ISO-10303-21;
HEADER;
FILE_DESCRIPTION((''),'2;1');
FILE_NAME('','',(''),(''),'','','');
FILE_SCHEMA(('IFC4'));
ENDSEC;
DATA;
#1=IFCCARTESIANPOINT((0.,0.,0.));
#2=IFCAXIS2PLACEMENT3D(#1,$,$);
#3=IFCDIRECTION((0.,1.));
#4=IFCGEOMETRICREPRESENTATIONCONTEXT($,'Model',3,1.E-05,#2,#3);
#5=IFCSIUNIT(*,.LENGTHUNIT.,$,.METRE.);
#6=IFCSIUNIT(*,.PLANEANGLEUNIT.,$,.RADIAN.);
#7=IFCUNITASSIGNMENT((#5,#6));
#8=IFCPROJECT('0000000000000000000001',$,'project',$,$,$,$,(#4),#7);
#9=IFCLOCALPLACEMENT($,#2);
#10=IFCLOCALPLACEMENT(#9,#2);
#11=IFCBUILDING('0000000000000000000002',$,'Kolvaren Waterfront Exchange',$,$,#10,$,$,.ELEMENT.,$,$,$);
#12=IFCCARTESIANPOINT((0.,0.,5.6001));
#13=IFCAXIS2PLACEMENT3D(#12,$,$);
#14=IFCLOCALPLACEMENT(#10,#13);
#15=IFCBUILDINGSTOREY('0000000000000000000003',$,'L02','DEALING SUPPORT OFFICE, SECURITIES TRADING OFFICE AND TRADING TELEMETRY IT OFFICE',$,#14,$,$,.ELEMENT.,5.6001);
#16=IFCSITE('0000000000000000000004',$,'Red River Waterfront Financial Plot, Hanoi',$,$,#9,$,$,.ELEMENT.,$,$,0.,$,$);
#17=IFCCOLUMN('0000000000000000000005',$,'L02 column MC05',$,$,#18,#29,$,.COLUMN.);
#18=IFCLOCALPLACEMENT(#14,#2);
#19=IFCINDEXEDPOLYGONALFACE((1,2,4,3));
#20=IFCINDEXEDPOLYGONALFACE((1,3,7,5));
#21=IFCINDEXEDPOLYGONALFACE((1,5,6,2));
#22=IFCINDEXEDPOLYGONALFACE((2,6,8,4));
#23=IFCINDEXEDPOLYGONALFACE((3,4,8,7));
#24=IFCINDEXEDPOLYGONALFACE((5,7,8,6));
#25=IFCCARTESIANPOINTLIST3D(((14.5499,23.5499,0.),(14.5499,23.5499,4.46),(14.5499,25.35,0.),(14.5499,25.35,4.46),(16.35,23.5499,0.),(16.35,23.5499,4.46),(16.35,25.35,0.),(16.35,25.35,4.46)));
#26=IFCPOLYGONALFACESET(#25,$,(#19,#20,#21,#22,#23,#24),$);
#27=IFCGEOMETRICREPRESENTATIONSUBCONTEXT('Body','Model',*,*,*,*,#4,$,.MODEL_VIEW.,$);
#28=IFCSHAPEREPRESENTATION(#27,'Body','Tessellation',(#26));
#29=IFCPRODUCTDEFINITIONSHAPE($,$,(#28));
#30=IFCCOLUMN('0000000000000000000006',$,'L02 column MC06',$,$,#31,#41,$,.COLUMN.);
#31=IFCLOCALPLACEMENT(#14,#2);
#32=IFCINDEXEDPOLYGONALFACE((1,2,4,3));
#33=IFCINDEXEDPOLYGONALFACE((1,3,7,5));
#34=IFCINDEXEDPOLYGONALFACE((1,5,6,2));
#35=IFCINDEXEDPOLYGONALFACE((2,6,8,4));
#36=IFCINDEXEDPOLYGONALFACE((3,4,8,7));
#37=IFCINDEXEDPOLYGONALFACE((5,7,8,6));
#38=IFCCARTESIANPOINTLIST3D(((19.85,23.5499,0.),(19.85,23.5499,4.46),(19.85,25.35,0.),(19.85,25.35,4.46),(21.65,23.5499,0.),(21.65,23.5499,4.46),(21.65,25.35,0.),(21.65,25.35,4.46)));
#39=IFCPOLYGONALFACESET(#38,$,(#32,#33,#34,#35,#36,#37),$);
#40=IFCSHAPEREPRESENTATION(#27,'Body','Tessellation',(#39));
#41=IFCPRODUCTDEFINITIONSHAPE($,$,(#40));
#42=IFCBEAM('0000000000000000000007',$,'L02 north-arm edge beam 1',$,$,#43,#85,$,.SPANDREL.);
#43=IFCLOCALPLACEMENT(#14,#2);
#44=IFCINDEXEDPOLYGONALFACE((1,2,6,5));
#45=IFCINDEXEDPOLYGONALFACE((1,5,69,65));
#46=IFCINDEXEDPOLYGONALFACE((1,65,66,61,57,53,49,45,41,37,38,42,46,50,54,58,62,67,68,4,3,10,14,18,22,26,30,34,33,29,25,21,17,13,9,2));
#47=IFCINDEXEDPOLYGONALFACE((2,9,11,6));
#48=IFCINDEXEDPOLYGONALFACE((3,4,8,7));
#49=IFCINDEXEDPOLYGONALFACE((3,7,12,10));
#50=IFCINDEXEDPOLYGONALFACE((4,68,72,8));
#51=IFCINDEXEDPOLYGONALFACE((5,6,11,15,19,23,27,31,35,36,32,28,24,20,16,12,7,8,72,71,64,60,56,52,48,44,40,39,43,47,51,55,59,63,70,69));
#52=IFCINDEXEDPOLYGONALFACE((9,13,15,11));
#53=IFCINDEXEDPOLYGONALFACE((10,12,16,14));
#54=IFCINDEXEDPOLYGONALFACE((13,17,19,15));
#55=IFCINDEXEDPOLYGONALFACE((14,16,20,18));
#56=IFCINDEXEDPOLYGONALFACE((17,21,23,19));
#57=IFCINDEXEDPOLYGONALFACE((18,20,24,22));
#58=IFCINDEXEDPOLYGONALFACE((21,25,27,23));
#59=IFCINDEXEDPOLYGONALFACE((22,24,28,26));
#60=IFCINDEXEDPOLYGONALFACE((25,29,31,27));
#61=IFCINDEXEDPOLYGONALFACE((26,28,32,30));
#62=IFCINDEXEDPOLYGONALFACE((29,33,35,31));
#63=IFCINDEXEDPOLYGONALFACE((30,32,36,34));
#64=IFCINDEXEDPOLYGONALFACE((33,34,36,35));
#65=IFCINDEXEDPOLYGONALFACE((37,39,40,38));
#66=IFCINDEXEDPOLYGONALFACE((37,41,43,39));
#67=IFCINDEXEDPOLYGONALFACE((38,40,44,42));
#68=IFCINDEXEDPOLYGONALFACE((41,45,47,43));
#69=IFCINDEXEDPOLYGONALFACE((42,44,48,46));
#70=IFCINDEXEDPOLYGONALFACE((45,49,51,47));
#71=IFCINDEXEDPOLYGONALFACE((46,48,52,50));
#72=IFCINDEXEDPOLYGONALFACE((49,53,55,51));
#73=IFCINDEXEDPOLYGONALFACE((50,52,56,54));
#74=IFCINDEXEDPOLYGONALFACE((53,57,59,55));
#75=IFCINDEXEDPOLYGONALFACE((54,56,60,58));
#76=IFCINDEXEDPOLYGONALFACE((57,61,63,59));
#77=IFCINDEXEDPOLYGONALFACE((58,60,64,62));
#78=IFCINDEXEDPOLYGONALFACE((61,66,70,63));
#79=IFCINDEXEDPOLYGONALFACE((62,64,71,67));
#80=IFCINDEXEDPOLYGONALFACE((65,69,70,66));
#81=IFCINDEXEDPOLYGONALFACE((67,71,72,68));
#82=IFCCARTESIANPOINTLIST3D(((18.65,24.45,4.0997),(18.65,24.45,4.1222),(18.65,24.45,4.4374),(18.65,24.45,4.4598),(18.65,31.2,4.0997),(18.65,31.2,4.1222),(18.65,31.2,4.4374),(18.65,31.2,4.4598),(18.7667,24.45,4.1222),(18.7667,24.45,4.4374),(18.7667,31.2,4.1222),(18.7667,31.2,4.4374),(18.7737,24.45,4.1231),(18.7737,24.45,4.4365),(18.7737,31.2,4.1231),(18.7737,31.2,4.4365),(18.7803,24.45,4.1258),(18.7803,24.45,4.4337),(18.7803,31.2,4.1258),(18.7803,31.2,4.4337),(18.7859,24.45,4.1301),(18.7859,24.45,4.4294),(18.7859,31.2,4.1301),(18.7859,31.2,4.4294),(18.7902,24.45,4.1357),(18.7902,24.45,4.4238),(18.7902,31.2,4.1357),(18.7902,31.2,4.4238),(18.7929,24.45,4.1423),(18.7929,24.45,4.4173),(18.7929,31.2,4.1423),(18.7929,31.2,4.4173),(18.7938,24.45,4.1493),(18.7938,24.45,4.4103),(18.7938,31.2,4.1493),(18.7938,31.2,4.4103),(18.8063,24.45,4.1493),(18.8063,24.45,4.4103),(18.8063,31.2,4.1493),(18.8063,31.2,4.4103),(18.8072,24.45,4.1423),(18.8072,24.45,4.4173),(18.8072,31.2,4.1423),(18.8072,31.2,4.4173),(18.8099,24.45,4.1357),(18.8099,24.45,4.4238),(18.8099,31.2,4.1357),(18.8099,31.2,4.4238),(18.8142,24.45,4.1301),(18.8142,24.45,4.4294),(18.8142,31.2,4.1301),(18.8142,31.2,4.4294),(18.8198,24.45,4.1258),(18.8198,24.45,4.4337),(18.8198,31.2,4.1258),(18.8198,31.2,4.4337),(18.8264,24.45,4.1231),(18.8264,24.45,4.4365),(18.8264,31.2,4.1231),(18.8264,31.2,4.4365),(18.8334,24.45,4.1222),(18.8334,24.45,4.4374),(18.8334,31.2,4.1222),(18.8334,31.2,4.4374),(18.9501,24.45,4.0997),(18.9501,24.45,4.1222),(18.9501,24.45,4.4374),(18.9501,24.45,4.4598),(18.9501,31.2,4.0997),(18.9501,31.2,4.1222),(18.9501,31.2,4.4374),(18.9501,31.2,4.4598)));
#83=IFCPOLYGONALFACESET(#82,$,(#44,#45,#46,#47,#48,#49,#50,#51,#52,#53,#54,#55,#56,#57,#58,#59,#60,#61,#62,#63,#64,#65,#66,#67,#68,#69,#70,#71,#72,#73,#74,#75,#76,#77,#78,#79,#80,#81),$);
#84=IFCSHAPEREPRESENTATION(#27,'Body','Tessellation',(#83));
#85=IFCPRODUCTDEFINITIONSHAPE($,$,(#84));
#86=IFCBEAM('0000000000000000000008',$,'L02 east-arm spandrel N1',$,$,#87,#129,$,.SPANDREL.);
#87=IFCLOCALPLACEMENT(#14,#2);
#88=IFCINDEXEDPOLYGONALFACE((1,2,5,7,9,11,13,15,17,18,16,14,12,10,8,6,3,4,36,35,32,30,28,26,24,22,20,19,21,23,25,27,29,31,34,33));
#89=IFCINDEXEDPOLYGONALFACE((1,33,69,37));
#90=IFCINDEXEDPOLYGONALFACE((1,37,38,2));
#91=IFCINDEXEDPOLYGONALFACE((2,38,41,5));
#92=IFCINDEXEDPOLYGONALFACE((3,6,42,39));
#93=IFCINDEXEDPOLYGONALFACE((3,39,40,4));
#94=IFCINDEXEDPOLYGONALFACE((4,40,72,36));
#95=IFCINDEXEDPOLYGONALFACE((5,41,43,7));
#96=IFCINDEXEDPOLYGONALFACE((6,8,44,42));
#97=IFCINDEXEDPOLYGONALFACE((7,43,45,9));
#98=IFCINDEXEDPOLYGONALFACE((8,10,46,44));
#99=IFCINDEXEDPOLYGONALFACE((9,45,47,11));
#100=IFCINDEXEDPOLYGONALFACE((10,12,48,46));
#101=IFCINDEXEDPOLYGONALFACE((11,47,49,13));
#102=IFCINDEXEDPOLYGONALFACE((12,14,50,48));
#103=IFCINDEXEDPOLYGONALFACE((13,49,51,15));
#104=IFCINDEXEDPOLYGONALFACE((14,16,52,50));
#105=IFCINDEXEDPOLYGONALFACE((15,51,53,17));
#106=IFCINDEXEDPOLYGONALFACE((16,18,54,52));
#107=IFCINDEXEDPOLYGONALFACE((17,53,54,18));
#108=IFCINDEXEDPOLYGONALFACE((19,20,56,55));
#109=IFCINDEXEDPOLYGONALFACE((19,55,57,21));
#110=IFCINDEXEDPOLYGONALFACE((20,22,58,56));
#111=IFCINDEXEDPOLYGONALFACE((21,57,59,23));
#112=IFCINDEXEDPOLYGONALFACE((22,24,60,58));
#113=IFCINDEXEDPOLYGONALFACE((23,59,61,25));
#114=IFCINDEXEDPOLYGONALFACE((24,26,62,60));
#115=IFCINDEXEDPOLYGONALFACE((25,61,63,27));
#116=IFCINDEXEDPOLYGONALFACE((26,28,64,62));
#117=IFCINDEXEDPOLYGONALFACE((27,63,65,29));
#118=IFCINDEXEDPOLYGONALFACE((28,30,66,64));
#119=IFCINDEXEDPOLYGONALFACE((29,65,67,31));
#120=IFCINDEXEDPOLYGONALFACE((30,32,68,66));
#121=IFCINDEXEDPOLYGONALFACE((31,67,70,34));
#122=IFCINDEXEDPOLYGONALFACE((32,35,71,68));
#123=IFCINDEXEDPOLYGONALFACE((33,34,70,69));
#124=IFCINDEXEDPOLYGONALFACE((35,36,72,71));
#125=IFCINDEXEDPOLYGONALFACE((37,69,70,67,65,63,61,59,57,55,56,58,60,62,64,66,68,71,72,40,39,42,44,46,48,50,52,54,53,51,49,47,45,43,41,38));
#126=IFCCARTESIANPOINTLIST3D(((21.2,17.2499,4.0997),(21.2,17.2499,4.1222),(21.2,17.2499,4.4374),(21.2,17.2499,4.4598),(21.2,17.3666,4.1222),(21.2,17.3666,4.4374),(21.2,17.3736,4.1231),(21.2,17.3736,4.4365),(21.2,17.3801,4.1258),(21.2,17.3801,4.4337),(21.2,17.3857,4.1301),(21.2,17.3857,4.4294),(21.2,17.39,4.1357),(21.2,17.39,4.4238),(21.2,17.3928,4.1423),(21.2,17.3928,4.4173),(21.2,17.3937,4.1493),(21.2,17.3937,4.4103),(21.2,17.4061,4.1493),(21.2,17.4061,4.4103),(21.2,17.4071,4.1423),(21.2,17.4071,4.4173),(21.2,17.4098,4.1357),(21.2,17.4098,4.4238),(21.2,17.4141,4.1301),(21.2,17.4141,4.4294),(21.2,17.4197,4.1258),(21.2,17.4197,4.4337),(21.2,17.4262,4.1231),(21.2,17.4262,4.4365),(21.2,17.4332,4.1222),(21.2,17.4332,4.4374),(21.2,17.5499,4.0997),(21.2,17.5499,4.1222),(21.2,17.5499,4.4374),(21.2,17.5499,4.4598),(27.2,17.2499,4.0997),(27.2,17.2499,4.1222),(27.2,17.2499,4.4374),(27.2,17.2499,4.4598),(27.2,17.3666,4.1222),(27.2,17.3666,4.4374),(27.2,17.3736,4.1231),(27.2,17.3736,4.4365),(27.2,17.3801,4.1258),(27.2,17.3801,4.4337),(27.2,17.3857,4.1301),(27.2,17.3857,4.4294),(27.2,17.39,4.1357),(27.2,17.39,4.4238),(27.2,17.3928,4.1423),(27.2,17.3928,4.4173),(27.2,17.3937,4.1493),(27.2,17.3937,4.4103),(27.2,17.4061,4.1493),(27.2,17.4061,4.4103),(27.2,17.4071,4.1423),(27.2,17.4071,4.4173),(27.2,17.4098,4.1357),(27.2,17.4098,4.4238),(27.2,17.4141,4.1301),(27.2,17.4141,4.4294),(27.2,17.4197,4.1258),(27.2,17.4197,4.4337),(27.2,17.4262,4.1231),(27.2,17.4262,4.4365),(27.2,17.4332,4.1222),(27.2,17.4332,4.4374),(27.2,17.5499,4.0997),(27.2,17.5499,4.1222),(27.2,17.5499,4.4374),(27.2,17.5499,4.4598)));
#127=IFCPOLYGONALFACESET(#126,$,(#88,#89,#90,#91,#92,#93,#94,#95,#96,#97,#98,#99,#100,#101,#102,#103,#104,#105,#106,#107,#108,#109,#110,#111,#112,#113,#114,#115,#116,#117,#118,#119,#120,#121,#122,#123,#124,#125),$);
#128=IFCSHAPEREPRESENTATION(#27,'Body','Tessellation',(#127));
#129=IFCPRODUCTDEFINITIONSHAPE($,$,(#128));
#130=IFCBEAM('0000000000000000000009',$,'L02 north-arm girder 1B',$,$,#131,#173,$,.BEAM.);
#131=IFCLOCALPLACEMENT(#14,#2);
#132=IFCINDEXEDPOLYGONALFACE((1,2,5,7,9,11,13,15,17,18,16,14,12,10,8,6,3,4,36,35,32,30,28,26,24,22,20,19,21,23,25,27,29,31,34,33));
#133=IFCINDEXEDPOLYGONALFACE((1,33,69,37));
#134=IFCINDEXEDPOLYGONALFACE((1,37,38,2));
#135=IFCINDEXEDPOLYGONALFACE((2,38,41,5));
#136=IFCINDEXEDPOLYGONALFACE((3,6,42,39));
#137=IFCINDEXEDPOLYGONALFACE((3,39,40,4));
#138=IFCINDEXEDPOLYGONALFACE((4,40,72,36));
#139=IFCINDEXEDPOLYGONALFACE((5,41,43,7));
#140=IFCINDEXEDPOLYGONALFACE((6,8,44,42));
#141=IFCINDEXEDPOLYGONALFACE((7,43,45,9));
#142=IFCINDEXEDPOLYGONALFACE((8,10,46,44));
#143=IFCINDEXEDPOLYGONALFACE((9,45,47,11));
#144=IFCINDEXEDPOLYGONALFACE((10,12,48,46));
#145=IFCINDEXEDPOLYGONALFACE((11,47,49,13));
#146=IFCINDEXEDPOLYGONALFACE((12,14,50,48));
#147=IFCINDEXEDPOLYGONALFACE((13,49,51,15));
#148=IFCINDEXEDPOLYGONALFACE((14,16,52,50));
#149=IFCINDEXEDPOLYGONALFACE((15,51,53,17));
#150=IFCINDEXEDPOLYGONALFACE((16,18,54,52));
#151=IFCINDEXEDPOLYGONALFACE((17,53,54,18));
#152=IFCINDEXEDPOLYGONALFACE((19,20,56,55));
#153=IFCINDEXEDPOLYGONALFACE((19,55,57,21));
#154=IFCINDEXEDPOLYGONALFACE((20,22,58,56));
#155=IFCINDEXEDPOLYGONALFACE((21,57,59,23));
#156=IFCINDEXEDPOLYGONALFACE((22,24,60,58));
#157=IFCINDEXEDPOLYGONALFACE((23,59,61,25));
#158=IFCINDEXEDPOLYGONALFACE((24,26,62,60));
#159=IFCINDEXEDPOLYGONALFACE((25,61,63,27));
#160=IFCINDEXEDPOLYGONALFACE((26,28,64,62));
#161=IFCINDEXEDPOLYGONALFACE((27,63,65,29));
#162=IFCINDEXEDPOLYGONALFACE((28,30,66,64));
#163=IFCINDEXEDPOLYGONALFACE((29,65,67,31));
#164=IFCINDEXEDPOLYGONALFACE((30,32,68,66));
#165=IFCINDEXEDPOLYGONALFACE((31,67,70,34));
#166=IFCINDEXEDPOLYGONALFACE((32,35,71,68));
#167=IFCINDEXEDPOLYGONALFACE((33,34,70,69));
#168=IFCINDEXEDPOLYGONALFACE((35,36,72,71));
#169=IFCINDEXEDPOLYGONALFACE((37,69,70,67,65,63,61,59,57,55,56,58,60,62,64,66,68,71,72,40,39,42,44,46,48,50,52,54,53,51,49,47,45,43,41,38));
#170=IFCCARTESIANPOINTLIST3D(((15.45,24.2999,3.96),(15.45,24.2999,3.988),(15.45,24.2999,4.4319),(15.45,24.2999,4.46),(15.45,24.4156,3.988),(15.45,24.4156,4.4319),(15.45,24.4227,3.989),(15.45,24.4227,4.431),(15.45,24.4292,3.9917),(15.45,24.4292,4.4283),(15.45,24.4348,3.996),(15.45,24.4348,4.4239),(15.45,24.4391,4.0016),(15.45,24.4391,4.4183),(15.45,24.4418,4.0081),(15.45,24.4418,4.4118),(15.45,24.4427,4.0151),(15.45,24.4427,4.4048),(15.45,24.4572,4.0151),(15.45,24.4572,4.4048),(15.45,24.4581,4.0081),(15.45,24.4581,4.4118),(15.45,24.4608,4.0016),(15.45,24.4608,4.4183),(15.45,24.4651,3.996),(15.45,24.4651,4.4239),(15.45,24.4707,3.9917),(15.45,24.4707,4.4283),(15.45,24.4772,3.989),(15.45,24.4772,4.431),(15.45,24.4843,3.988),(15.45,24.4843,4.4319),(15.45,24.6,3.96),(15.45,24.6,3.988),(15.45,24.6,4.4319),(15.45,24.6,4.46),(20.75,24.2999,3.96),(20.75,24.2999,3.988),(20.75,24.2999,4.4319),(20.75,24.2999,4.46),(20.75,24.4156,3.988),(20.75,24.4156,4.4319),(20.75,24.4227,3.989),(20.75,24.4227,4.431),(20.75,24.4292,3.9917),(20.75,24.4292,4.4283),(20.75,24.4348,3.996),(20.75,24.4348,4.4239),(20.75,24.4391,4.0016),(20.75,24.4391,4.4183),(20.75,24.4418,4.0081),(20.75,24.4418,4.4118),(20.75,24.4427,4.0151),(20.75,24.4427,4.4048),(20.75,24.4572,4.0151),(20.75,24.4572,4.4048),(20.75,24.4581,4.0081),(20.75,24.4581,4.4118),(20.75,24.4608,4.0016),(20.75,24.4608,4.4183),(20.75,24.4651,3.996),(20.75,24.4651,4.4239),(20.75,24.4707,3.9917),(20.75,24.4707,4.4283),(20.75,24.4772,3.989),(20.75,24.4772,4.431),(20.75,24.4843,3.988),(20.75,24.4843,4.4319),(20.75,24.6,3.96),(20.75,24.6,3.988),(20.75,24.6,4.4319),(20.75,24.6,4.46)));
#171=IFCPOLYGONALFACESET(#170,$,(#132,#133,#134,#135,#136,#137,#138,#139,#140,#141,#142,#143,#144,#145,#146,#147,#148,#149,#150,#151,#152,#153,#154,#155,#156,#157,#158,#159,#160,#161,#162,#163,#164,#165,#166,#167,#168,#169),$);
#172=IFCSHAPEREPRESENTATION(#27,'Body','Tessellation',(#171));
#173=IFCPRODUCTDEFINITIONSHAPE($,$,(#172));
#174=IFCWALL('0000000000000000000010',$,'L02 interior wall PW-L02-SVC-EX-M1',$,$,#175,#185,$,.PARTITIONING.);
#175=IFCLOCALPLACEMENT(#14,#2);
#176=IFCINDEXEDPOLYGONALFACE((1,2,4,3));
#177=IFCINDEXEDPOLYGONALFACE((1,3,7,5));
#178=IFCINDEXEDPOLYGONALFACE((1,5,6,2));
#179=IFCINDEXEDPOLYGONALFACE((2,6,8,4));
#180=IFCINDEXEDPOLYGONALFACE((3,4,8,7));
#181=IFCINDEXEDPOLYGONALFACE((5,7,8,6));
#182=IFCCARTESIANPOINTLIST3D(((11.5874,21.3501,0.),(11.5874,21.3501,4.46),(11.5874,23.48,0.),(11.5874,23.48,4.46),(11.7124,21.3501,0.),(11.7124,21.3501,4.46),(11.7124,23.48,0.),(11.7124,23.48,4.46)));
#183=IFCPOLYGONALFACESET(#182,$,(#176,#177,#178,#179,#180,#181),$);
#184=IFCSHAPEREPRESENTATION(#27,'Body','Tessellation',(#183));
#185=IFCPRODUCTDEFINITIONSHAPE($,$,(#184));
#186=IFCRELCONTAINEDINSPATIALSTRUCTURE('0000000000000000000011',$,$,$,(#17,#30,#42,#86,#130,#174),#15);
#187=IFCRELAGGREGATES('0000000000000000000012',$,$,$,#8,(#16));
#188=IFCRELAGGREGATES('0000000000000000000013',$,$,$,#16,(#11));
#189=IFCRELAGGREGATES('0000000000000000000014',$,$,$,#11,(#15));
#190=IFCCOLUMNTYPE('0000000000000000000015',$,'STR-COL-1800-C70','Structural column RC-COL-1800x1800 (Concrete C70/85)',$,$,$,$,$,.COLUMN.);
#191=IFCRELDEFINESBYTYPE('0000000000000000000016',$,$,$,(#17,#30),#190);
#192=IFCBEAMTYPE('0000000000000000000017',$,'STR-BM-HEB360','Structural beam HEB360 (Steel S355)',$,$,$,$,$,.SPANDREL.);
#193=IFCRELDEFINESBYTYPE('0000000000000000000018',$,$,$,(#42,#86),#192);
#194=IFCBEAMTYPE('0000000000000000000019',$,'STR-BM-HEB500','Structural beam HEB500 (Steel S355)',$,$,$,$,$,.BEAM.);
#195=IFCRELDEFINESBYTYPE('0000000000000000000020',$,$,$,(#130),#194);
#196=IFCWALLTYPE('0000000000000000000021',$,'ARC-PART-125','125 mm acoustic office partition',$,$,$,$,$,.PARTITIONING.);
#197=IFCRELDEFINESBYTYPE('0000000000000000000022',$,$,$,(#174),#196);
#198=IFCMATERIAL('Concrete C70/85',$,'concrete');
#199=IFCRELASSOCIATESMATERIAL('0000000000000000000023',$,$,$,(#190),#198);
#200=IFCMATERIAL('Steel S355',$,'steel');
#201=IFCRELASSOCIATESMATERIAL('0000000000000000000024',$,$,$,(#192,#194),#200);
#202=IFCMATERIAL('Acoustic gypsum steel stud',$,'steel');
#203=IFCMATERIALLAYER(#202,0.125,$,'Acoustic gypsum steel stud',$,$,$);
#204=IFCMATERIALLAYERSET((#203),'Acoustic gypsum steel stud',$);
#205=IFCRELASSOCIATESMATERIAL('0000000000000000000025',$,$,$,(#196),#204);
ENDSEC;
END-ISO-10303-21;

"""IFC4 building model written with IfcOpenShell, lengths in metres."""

from ifc_helpers import new_model, si_unit, direction, frame, frame_2d, origin, origin_2d, place, context, subcontext, project, spatial, rectangle, i_section, extrude, material, layer, layer_set, material_profile, profile_set, type_object, element, save


model = new_model("IFC4")

# Units and contexts
model_context = context("Model", 3, precision=1e-05, world=origin(), true_north=direction((0.0, 1.0)))
body_context = subcontext(model_context, "Body", "Model", "MODEL_VIEW")
ifc_project = project(units=[si_unit("LENGTHUNIT", "METRE"), si_unit("PLANEANGLEUNIT", "RADIAN")], contexts=[model_context])

# Site, building, storey
site_placement = place(None, origin())
site = spatial("IfcSite", under=ifc_project, at=site_placement, Name="Red River Waterfront Financial Plot, Hanoi", CompositionType="ELEMENT", RefElevation=0.0)
building_placement = place(site_placement, origin())
building = spatial("IfcBuilding", under=site, at=building_placement, Name="Kolvaren Waterfront Exchange", CompositionType="ELEMENT")
storey_placement = place(building_placement, frame((0.0, 0.0, 5.6001)))
storey = spatial("IfcBuildingStorey", under=building, at=storey_placement, Name="L02", Description="DEALING SUPPORT OFFICE, SECURITIES TRADING OFFICE AND TRADING TELEMETRY IT OFFICE", CompositionType="ELEMENT", Elevation=5.6001)

# Columns
ifc_material_1 = material(Name="Concrete C70/85", Category="concrete")
ifc_material_profile_1 = material_profile(ifc_material_1, rectangle(XDim=1.8, YDim=1.8, at=origin_2d()), Name="RC-COL-1800x1800")
ifc_profile_set_1 = profile_set([ifc_material_profile_1], Name="Concrete C70/85")
column_type = type_object("IfcColumnType", Name="STR-COL-1800-C70", Description="Structural column RC-COL-1800x1800 (Concrete C70/85)", PredefinedType="COLUMN", material=ifc_profile_set_1)
for number, where, z_axis, x_axis, name in (
    (1, (15.45, 24.45, 0.0), (0.0, 0.0, 1.0), (1.0, 0.0, 0.0), "L02 column MC05"),
    (2, (20.75, 24.45, 0.0), (0.0, 0.0, 1.0), (1.0, 0.0, 0.0), "L02 column MC06"),
):
    element("IfcColumn", number, at=place(storey_placement, frame(where, z_axis=z_axis, x_axis=x_axis)), inside=storey, type_object=column_type, Name=name, PredefinedType="COLUMN", context=body_context, shape_type="SweptSolid", body=[
        extrude(rectangle(XDim=1.8, YDim=1.8, at=origin_2d()), origin(), (0.0, 0.0, 1.0), 4.46),
    ])

# Beams
ifc_material_2 = material(Name="Steel S355", Category="steel")
ifc_material_profile_2 = material_profile(ifc_material_2, i_section(OverallWidth=0.3, OverallDepth=0.3601, WebThickness=0.0125, FlangeThickness=0.0225, FilletRadius=0.0271, at=origin_2d()), Name="HEB360")
ifc_profile_set_2 = profile_set([ifc_material_profile_2], Name="Steel S355")
beam_type_1 = type_object("IfcBeamType", Name="STR-BM-HEB360", Description="Structural beam HEB360 (Steel S355)", PredefinedType="SPANDREL", material=ifc_profile_set_2)
beam_1_placement = place(storey_placement, frame((18.8, 24.45, 4.2798), z_axis=(0.0, 1.0, 0.0), x_axis=(-1.0, 0.0, 0.0)))
element("IfcBeam", 3, at=beam_1_placement, inside=storey, type_object=beam_type_1, Name="L02 north-arm edge beam 1", PredefinedType="SPANDREL", context=body_context, shape_type="SweptSolid", body=[
    extrude(i_section(OverallWidth=0.3, OverallDepth=0.3601, WebThickness=0.0125, FlangeThickness=0.0225, FilletRadius=0.0271, at=origin_2d()), origin(), (0.0, 0.0, 1.0), 6.75),
])
beam_2_placement = place(storey_placement, frame((21.2, 17.3999, 4.2798), z_axis=(1.0, 0.0, 0.0), x_axis=(0.0, 1.0, 0.0)))
element("IfcBeam", 4, at=beam_2_placement, inside=storey, type_object=beam_type_1, Name="L02 east-arm spandrel N1", PredefinedType="SPANDREL", context=body_context, shape_type="SweptSolid", body=[
    extrude(i_section(OverallWidth=0.3, OverallDepth=0.3601, WebThickness=0.0125, FlangeThickness=0.0225, FilletRadius=0.0271, at=origin_2d()), origin(), (0.0, 0.0, 1.0), 6.0),
])
ifc_material_profile_3 = material_profile(ifc_material_2, i_section(OverallWidth=0.3, OverallDepth=0.5, WebThickness=0.0144, FlangeThickness=0.0281, FilletRadius=0.0271, at=origin_2d()), Name="HEB500")
ifc_profile_set_3 = profile_set([ifc_material_profile_3], Name="Steel S355")
beam_type_2 = type_object("IfcBeamType", Name="STR-BM-HEB500", Description="Structural beam HEB500 (Steel S355)", PredefinedType="BEAM", material=ifc_profile_set_3)
beam_3_placement = place(storey_placement, frame((15.45, 24.45, 4.21), z_axis=(1.0, 0.0, 0.0), x_axis=(0.0, 1.0, 0.0)))
element("IfcBeam", 5, at=beam_3_placement, inside=storey, type_object=beam_type_2, Name="L02 north-arm girder 1B", PredefinedType="BEAM", context=body_context, shape_type="SweptSolid", body=[
    extrude(i_section(OverallWidth=0.3, OverallDepth=0.5, WebThickness=0.0144, FlangeThickness=0.0281, FilletRadius=0.0271, at=origin_2d()), origin(), (0.0, 0.0, 1.0), 5.3),
])

# Wall
ifc_material_3 = material(Name="Acoustic gypsum steel stud", Category="steel")
ifc_layer_1 = layer(ifc_material_3, 0.125, Name="Acoustic gypsum steel stud")
ifc_layer_set_1 = layer_set([ifc_layer_1], Name="Acoustic gypsum steel stud")
wall_type_1 = type_object("IfcWallType", Name="ARC-PART-125", Description="125 mm acoustic office partition", PredefinedType="PARTITIONING", material=ifc_layer_set_1)
wall_1_placement = place(storey_placement, frame((11.6499, 21.3501, 0.0), z_axis=(0.0, 0.0, 1.0), x_axis=(0.0, 1.0, 0.0)))
element("IfcWall", 6, at=wall_1_placement, inside=storey, type_object=wall_type_1, Name="L02 interior wall PW-L02-SVC-EX-M1", PredefinedType="PARTITIONING", context=body_context, shape_type="SweptSolid", body=[
    extrude(rectangle(XDim=2.1299, YDim=0.125, at=frame_2d((1.0649, 0.0))), origin(), (0.0, 0.0, 1.0), 4.46),
])

save(model, "model.ifc")
